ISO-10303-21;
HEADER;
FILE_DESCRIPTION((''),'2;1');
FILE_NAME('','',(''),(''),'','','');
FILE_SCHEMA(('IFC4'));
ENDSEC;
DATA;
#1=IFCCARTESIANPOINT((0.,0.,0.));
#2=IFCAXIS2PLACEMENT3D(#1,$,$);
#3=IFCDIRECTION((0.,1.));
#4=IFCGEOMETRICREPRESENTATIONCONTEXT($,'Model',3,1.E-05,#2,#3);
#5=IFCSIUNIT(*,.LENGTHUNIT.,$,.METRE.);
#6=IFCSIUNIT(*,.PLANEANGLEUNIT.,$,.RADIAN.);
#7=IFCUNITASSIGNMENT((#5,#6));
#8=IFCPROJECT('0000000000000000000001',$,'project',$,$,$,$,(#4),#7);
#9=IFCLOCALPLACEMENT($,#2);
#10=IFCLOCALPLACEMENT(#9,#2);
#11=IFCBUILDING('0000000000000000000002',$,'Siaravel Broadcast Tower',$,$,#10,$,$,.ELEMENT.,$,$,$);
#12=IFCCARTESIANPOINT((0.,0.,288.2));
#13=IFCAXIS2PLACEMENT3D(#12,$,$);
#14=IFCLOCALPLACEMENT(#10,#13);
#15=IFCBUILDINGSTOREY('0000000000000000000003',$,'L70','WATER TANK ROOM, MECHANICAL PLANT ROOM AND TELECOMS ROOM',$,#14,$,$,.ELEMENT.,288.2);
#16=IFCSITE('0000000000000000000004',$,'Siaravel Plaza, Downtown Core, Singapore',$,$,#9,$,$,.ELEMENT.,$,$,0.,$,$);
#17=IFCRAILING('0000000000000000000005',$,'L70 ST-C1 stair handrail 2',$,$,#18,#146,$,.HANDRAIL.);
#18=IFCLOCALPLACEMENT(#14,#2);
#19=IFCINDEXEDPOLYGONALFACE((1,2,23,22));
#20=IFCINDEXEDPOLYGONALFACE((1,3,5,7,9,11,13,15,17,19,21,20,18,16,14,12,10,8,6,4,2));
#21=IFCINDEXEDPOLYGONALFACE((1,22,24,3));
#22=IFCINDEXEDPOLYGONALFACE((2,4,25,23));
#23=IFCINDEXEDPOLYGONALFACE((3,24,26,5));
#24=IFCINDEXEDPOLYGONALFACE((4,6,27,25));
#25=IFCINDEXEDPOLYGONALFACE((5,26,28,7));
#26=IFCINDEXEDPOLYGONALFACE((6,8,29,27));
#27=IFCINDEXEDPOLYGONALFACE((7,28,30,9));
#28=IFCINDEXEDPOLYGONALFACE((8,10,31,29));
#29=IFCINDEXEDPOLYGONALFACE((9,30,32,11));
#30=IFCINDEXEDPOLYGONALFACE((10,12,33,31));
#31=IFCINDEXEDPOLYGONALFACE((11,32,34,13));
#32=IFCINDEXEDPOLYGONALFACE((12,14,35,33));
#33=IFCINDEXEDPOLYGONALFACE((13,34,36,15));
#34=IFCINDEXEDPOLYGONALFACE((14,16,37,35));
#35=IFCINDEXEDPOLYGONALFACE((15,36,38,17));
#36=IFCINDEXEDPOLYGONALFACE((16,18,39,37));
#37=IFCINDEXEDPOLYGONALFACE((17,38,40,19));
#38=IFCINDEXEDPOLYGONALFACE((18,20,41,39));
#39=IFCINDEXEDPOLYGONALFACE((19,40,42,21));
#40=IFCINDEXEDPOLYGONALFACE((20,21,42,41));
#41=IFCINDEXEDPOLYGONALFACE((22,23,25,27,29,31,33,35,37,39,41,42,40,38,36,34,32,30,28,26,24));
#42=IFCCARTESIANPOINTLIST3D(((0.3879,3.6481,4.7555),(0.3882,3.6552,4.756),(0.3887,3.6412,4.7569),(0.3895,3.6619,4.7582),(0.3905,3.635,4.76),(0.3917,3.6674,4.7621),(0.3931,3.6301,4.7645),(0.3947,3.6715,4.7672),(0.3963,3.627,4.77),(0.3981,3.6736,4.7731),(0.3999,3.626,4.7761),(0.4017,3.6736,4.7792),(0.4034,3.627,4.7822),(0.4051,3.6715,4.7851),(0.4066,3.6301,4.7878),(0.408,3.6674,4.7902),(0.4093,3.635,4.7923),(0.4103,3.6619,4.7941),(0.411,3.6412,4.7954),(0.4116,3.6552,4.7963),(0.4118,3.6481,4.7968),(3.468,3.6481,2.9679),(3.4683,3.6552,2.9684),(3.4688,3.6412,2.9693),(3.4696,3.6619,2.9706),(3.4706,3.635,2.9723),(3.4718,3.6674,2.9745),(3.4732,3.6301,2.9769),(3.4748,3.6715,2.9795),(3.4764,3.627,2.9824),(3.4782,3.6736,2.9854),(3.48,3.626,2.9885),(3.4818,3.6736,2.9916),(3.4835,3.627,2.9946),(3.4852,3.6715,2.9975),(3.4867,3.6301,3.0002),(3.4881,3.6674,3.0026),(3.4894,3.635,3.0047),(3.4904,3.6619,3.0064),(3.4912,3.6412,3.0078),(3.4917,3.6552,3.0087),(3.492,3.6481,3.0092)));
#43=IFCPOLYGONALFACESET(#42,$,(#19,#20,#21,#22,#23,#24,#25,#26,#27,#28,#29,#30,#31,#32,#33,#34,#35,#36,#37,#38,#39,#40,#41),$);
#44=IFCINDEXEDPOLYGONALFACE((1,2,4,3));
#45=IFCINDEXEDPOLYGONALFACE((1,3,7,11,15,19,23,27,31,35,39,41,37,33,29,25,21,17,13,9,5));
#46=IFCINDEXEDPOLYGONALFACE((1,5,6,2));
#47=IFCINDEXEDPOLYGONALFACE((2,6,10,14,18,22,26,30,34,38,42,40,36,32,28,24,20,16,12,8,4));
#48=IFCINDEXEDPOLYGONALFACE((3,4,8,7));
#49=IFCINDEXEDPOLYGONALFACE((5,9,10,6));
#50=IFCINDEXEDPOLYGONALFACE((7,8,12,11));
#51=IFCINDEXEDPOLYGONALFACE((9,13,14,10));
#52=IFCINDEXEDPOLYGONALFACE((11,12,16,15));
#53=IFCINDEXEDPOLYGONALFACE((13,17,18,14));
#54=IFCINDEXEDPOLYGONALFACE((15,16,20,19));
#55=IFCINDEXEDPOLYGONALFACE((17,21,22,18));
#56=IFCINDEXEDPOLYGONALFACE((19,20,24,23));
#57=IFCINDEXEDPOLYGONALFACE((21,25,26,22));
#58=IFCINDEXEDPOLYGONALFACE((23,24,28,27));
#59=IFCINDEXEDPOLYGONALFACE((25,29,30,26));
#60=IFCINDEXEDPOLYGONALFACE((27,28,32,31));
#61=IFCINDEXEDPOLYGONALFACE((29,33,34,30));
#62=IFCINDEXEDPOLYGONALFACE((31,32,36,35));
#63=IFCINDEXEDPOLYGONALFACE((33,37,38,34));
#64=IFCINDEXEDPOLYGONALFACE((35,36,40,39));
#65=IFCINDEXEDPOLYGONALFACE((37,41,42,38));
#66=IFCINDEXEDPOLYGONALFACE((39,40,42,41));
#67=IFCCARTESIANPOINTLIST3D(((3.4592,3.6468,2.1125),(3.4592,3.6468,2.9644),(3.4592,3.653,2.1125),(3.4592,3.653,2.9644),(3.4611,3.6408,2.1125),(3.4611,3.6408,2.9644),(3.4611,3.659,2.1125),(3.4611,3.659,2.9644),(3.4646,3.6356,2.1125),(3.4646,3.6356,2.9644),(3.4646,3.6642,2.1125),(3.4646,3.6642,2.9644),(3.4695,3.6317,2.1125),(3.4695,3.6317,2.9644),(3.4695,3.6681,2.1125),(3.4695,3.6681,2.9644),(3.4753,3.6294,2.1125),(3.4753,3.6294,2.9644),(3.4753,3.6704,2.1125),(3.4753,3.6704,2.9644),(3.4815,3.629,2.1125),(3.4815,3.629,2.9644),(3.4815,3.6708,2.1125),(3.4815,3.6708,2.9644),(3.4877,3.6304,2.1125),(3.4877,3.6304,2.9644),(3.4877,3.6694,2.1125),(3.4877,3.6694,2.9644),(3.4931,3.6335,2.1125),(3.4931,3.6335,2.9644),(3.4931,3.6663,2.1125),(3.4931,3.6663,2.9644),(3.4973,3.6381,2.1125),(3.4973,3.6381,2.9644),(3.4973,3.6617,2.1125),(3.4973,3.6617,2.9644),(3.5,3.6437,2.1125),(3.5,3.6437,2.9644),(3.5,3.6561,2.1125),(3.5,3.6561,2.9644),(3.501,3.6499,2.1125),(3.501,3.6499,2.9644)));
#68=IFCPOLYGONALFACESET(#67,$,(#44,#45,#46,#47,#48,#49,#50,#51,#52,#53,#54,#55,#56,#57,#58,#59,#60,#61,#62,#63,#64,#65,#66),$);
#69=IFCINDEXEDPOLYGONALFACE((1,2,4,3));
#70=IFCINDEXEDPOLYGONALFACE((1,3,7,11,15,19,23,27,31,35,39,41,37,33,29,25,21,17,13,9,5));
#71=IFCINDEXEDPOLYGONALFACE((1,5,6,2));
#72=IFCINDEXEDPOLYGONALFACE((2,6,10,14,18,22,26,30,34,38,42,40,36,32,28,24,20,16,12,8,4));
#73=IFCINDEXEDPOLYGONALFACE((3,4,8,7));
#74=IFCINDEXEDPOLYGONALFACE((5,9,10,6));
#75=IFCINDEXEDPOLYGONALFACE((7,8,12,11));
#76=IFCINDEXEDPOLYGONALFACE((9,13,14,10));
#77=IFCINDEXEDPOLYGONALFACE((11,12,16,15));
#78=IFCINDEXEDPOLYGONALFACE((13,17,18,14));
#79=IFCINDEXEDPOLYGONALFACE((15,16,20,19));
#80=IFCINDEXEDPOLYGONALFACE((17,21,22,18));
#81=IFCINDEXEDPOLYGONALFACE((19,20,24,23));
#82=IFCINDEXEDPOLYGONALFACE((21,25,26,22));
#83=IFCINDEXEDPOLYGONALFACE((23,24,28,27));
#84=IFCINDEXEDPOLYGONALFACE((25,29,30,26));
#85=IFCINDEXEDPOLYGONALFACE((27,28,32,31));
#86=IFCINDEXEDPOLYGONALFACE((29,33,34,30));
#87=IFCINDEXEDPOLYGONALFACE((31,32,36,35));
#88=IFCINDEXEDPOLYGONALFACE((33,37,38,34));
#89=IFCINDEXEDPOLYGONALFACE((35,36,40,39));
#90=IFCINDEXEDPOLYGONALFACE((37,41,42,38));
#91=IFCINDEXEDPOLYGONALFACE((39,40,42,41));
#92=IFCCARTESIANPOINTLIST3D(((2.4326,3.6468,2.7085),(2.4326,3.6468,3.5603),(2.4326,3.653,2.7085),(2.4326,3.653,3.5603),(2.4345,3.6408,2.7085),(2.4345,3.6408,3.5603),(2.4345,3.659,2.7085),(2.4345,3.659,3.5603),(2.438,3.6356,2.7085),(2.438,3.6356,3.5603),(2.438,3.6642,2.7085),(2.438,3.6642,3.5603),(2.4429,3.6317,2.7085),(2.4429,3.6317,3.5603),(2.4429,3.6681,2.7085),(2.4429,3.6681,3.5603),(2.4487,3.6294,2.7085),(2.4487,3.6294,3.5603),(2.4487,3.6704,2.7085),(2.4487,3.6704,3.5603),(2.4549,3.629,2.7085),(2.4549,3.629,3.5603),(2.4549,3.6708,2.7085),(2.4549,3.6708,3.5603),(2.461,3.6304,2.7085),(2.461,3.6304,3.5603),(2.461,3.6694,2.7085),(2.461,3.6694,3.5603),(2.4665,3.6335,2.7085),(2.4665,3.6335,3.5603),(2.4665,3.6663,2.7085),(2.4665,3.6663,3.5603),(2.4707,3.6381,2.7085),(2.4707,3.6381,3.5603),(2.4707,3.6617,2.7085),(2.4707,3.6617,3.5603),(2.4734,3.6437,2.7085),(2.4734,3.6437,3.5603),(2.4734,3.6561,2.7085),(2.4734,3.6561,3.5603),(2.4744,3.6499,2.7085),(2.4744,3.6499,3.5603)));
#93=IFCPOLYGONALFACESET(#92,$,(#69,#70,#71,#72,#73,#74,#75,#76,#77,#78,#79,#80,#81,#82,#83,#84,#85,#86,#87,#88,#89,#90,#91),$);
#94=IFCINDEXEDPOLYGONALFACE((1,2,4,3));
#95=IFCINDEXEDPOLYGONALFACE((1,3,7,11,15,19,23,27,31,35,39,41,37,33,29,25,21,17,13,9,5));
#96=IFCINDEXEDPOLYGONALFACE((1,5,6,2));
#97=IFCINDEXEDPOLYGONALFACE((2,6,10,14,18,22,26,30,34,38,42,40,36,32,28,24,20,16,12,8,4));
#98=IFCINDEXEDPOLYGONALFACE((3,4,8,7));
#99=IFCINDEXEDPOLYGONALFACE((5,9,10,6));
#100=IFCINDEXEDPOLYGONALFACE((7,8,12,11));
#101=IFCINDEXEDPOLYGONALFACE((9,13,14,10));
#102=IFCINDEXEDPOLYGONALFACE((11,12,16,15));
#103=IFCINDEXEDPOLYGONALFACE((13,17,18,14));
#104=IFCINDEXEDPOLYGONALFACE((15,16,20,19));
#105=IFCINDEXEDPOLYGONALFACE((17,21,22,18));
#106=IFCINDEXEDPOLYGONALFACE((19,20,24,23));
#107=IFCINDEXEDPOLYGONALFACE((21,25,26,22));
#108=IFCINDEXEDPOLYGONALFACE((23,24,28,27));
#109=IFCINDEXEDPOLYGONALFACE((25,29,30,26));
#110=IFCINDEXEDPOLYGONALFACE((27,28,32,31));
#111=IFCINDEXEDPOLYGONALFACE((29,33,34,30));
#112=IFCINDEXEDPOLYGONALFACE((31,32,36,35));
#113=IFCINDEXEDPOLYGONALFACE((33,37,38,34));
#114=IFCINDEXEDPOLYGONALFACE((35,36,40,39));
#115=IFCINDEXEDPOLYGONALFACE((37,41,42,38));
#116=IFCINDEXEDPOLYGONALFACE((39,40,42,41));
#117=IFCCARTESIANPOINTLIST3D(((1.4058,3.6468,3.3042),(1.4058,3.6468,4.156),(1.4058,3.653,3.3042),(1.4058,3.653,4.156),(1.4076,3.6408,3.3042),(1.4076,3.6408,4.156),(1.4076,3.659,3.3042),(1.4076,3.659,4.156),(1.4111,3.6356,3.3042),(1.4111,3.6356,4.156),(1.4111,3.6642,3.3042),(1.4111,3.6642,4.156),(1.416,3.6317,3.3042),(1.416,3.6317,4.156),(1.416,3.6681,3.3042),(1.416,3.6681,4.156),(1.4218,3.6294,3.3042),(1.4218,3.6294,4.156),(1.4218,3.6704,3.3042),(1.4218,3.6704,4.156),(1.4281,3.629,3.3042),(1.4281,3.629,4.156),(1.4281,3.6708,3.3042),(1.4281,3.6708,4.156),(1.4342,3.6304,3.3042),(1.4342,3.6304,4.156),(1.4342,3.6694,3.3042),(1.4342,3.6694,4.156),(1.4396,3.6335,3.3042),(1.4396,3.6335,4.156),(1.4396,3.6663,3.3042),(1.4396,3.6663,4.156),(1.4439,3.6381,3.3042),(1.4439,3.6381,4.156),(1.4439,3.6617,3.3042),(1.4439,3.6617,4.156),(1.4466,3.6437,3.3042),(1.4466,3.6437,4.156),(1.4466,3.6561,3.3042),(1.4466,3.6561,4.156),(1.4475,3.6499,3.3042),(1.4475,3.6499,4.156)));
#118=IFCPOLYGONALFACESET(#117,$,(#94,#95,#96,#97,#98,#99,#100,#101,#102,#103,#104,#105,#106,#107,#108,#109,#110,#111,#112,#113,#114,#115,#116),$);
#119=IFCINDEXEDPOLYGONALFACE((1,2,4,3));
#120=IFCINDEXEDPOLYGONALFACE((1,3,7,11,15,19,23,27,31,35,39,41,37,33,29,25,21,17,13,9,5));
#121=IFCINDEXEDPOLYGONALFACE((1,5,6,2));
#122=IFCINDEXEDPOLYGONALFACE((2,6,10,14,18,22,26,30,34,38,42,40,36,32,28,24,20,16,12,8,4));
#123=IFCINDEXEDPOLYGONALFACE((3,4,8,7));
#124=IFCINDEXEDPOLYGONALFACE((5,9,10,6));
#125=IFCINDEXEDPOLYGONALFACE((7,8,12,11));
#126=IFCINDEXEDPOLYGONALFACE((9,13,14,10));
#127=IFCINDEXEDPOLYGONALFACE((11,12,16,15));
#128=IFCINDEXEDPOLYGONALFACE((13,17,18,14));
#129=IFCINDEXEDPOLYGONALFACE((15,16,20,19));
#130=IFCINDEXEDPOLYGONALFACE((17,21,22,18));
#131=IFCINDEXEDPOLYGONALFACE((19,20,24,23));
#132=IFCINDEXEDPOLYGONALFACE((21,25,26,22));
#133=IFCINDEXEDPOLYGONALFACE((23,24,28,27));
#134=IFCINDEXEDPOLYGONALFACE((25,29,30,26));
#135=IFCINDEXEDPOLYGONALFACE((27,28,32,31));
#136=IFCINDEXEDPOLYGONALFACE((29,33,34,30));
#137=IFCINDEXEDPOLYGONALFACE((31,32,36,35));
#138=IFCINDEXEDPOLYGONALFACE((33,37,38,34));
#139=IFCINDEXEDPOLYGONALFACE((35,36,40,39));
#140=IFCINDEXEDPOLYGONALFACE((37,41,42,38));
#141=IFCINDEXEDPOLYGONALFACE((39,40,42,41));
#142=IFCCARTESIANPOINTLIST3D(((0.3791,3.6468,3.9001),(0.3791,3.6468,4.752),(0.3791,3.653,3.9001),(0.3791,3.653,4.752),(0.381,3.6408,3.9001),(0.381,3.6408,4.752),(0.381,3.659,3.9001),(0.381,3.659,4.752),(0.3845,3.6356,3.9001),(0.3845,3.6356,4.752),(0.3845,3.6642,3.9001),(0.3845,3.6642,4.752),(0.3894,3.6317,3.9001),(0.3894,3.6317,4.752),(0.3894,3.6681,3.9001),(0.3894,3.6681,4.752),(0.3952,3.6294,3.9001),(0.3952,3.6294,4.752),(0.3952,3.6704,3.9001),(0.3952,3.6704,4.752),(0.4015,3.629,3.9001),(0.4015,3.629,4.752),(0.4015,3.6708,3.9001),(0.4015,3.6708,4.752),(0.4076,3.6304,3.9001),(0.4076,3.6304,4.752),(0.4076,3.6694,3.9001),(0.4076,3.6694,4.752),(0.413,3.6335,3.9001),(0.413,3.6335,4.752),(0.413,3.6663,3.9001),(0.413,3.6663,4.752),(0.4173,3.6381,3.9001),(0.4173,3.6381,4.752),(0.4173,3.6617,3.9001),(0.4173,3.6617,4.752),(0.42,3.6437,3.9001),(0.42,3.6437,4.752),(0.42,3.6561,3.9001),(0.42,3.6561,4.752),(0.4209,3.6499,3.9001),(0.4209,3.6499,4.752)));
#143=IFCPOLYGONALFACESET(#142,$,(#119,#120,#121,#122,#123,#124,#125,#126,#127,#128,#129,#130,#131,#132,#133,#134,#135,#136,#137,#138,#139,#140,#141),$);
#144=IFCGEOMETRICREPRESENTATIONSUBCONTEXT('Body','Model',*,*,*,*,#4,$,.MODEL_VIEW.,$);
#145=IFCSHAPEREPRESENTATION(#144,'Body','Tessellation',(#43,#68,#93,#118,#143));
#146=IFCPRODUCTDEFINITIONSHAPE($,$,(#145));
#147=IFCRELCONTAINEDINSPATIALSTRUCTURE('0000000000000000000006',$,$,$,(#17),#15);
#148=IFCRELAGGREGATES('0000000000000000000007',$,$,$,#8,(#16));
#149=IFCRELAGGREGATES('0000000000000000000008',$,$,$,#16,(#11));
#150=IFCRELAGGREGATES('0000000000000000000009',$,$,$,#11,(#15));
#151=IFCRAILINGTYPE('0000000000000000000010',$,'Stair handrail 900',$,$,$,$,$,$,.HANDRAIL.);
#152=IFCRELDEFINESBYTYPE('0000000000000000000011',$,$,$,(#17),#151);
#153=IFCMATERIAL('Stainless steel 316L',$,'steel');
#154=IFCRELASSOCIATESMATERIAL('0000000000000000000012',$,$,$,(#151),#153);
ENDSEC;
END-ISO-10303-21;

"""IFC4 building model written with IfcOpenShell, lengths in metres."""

from ifc_helpers import new_model, si_unit, direction, frame, origin, origin_2d, place, context, subcontext, project, spatial, circle, extrude, material, type_object, element, save


model = new_model("IFC4")

# Units and contexts
model_context = context("Model", 3, precision=1e-05, world=origin(), true_north=direction((0.0, 1.0)))
body_context = subcontext(model_context, "Body", "Model", "MODEL_VIEW")
ifc_project = project(units=[si_unit("LENGTHUNIT", "METRE"), si_unit("PLANEANGLEUNIT", "RADIAN")], contexts=[model_context])

# Site, building, storey
site_placement = place(None, origin())
site = spatial("IfcSite", under=ifc_project, at=site_placement, Name="Siaravel Plaza, Downtown Core, Singapore", CompositionType="ELEMENT", RefElevation=0.0)
building_placement = place(site_placement, origin())
building = spatial("IfcBuilding", under=site, at=building_placement, Name="Siaravel Broadcast Tower", CompositionType="ELEMENT")
storey_placement = place(building_placement, frame((0.0, 0.0, 288.2)))
storey = spatial("IfcBuildingStorey", under=building, at=storey_placement, Name="L70", Description="WATER TANK ROOM, MECHANICAL PLANT ROOM AND TELECOMS ROOM", CompositionType="ELEMENT", Elevation=288.2)

# Railing
ifc_material_1 = material(Name="Stainless steel 316L", Category="steel")
railing_type_1 = type_object("IfcRailingType", Name="Stair handrail 900", PredefinedType="HANDRAIL", material=ifc_material_1)
railing_1_placement = place(storey_placement, frame((3.48, 3.6499, 2.1125)))
element("IfcRailing", 1, at=railing_1_placement, inside=storey, type_object=railing_type_1, Name="L70 ST-C1 stair handrail 2", PredefinedType="HANDRAIL", context=body_context, shape_type="SweptSolid", body=[
    extrude(circle(Radius=0.0239, at=origin_2d()), frame((0.0, 0.0, 0.876), z_axis=(-0.864891, 0.0, 0.50196), x_axis=(0.0, -1.0, 0.0)), (0.0, 0.0, 1.0), 3.5613),
    extrude(circle(Radius=0.021, at=origin_2d()), origin(), (0.0, 0.0, 1.0), 0.8518),
    extrude(circle(Radius=0.021, at=origin_2d()), frame((-1.0266, 0.0, 0.5959)), (0.0, 0.0, 1.0), 0.8518),
    extrude(circle(Radius=0.021, at=origin_2d()), frame((-2.0535, 0.0, 1.1917)), (0.0, 0.0, 1.0), 0.8518),
    extrude(circle(Radius=0.021, at=origin_2d()), frame((-3.0801, 0.0, 1.7876)), (0.0, 0.0, 1.0), 0.8518),
])

save(model, "model.ifc")
